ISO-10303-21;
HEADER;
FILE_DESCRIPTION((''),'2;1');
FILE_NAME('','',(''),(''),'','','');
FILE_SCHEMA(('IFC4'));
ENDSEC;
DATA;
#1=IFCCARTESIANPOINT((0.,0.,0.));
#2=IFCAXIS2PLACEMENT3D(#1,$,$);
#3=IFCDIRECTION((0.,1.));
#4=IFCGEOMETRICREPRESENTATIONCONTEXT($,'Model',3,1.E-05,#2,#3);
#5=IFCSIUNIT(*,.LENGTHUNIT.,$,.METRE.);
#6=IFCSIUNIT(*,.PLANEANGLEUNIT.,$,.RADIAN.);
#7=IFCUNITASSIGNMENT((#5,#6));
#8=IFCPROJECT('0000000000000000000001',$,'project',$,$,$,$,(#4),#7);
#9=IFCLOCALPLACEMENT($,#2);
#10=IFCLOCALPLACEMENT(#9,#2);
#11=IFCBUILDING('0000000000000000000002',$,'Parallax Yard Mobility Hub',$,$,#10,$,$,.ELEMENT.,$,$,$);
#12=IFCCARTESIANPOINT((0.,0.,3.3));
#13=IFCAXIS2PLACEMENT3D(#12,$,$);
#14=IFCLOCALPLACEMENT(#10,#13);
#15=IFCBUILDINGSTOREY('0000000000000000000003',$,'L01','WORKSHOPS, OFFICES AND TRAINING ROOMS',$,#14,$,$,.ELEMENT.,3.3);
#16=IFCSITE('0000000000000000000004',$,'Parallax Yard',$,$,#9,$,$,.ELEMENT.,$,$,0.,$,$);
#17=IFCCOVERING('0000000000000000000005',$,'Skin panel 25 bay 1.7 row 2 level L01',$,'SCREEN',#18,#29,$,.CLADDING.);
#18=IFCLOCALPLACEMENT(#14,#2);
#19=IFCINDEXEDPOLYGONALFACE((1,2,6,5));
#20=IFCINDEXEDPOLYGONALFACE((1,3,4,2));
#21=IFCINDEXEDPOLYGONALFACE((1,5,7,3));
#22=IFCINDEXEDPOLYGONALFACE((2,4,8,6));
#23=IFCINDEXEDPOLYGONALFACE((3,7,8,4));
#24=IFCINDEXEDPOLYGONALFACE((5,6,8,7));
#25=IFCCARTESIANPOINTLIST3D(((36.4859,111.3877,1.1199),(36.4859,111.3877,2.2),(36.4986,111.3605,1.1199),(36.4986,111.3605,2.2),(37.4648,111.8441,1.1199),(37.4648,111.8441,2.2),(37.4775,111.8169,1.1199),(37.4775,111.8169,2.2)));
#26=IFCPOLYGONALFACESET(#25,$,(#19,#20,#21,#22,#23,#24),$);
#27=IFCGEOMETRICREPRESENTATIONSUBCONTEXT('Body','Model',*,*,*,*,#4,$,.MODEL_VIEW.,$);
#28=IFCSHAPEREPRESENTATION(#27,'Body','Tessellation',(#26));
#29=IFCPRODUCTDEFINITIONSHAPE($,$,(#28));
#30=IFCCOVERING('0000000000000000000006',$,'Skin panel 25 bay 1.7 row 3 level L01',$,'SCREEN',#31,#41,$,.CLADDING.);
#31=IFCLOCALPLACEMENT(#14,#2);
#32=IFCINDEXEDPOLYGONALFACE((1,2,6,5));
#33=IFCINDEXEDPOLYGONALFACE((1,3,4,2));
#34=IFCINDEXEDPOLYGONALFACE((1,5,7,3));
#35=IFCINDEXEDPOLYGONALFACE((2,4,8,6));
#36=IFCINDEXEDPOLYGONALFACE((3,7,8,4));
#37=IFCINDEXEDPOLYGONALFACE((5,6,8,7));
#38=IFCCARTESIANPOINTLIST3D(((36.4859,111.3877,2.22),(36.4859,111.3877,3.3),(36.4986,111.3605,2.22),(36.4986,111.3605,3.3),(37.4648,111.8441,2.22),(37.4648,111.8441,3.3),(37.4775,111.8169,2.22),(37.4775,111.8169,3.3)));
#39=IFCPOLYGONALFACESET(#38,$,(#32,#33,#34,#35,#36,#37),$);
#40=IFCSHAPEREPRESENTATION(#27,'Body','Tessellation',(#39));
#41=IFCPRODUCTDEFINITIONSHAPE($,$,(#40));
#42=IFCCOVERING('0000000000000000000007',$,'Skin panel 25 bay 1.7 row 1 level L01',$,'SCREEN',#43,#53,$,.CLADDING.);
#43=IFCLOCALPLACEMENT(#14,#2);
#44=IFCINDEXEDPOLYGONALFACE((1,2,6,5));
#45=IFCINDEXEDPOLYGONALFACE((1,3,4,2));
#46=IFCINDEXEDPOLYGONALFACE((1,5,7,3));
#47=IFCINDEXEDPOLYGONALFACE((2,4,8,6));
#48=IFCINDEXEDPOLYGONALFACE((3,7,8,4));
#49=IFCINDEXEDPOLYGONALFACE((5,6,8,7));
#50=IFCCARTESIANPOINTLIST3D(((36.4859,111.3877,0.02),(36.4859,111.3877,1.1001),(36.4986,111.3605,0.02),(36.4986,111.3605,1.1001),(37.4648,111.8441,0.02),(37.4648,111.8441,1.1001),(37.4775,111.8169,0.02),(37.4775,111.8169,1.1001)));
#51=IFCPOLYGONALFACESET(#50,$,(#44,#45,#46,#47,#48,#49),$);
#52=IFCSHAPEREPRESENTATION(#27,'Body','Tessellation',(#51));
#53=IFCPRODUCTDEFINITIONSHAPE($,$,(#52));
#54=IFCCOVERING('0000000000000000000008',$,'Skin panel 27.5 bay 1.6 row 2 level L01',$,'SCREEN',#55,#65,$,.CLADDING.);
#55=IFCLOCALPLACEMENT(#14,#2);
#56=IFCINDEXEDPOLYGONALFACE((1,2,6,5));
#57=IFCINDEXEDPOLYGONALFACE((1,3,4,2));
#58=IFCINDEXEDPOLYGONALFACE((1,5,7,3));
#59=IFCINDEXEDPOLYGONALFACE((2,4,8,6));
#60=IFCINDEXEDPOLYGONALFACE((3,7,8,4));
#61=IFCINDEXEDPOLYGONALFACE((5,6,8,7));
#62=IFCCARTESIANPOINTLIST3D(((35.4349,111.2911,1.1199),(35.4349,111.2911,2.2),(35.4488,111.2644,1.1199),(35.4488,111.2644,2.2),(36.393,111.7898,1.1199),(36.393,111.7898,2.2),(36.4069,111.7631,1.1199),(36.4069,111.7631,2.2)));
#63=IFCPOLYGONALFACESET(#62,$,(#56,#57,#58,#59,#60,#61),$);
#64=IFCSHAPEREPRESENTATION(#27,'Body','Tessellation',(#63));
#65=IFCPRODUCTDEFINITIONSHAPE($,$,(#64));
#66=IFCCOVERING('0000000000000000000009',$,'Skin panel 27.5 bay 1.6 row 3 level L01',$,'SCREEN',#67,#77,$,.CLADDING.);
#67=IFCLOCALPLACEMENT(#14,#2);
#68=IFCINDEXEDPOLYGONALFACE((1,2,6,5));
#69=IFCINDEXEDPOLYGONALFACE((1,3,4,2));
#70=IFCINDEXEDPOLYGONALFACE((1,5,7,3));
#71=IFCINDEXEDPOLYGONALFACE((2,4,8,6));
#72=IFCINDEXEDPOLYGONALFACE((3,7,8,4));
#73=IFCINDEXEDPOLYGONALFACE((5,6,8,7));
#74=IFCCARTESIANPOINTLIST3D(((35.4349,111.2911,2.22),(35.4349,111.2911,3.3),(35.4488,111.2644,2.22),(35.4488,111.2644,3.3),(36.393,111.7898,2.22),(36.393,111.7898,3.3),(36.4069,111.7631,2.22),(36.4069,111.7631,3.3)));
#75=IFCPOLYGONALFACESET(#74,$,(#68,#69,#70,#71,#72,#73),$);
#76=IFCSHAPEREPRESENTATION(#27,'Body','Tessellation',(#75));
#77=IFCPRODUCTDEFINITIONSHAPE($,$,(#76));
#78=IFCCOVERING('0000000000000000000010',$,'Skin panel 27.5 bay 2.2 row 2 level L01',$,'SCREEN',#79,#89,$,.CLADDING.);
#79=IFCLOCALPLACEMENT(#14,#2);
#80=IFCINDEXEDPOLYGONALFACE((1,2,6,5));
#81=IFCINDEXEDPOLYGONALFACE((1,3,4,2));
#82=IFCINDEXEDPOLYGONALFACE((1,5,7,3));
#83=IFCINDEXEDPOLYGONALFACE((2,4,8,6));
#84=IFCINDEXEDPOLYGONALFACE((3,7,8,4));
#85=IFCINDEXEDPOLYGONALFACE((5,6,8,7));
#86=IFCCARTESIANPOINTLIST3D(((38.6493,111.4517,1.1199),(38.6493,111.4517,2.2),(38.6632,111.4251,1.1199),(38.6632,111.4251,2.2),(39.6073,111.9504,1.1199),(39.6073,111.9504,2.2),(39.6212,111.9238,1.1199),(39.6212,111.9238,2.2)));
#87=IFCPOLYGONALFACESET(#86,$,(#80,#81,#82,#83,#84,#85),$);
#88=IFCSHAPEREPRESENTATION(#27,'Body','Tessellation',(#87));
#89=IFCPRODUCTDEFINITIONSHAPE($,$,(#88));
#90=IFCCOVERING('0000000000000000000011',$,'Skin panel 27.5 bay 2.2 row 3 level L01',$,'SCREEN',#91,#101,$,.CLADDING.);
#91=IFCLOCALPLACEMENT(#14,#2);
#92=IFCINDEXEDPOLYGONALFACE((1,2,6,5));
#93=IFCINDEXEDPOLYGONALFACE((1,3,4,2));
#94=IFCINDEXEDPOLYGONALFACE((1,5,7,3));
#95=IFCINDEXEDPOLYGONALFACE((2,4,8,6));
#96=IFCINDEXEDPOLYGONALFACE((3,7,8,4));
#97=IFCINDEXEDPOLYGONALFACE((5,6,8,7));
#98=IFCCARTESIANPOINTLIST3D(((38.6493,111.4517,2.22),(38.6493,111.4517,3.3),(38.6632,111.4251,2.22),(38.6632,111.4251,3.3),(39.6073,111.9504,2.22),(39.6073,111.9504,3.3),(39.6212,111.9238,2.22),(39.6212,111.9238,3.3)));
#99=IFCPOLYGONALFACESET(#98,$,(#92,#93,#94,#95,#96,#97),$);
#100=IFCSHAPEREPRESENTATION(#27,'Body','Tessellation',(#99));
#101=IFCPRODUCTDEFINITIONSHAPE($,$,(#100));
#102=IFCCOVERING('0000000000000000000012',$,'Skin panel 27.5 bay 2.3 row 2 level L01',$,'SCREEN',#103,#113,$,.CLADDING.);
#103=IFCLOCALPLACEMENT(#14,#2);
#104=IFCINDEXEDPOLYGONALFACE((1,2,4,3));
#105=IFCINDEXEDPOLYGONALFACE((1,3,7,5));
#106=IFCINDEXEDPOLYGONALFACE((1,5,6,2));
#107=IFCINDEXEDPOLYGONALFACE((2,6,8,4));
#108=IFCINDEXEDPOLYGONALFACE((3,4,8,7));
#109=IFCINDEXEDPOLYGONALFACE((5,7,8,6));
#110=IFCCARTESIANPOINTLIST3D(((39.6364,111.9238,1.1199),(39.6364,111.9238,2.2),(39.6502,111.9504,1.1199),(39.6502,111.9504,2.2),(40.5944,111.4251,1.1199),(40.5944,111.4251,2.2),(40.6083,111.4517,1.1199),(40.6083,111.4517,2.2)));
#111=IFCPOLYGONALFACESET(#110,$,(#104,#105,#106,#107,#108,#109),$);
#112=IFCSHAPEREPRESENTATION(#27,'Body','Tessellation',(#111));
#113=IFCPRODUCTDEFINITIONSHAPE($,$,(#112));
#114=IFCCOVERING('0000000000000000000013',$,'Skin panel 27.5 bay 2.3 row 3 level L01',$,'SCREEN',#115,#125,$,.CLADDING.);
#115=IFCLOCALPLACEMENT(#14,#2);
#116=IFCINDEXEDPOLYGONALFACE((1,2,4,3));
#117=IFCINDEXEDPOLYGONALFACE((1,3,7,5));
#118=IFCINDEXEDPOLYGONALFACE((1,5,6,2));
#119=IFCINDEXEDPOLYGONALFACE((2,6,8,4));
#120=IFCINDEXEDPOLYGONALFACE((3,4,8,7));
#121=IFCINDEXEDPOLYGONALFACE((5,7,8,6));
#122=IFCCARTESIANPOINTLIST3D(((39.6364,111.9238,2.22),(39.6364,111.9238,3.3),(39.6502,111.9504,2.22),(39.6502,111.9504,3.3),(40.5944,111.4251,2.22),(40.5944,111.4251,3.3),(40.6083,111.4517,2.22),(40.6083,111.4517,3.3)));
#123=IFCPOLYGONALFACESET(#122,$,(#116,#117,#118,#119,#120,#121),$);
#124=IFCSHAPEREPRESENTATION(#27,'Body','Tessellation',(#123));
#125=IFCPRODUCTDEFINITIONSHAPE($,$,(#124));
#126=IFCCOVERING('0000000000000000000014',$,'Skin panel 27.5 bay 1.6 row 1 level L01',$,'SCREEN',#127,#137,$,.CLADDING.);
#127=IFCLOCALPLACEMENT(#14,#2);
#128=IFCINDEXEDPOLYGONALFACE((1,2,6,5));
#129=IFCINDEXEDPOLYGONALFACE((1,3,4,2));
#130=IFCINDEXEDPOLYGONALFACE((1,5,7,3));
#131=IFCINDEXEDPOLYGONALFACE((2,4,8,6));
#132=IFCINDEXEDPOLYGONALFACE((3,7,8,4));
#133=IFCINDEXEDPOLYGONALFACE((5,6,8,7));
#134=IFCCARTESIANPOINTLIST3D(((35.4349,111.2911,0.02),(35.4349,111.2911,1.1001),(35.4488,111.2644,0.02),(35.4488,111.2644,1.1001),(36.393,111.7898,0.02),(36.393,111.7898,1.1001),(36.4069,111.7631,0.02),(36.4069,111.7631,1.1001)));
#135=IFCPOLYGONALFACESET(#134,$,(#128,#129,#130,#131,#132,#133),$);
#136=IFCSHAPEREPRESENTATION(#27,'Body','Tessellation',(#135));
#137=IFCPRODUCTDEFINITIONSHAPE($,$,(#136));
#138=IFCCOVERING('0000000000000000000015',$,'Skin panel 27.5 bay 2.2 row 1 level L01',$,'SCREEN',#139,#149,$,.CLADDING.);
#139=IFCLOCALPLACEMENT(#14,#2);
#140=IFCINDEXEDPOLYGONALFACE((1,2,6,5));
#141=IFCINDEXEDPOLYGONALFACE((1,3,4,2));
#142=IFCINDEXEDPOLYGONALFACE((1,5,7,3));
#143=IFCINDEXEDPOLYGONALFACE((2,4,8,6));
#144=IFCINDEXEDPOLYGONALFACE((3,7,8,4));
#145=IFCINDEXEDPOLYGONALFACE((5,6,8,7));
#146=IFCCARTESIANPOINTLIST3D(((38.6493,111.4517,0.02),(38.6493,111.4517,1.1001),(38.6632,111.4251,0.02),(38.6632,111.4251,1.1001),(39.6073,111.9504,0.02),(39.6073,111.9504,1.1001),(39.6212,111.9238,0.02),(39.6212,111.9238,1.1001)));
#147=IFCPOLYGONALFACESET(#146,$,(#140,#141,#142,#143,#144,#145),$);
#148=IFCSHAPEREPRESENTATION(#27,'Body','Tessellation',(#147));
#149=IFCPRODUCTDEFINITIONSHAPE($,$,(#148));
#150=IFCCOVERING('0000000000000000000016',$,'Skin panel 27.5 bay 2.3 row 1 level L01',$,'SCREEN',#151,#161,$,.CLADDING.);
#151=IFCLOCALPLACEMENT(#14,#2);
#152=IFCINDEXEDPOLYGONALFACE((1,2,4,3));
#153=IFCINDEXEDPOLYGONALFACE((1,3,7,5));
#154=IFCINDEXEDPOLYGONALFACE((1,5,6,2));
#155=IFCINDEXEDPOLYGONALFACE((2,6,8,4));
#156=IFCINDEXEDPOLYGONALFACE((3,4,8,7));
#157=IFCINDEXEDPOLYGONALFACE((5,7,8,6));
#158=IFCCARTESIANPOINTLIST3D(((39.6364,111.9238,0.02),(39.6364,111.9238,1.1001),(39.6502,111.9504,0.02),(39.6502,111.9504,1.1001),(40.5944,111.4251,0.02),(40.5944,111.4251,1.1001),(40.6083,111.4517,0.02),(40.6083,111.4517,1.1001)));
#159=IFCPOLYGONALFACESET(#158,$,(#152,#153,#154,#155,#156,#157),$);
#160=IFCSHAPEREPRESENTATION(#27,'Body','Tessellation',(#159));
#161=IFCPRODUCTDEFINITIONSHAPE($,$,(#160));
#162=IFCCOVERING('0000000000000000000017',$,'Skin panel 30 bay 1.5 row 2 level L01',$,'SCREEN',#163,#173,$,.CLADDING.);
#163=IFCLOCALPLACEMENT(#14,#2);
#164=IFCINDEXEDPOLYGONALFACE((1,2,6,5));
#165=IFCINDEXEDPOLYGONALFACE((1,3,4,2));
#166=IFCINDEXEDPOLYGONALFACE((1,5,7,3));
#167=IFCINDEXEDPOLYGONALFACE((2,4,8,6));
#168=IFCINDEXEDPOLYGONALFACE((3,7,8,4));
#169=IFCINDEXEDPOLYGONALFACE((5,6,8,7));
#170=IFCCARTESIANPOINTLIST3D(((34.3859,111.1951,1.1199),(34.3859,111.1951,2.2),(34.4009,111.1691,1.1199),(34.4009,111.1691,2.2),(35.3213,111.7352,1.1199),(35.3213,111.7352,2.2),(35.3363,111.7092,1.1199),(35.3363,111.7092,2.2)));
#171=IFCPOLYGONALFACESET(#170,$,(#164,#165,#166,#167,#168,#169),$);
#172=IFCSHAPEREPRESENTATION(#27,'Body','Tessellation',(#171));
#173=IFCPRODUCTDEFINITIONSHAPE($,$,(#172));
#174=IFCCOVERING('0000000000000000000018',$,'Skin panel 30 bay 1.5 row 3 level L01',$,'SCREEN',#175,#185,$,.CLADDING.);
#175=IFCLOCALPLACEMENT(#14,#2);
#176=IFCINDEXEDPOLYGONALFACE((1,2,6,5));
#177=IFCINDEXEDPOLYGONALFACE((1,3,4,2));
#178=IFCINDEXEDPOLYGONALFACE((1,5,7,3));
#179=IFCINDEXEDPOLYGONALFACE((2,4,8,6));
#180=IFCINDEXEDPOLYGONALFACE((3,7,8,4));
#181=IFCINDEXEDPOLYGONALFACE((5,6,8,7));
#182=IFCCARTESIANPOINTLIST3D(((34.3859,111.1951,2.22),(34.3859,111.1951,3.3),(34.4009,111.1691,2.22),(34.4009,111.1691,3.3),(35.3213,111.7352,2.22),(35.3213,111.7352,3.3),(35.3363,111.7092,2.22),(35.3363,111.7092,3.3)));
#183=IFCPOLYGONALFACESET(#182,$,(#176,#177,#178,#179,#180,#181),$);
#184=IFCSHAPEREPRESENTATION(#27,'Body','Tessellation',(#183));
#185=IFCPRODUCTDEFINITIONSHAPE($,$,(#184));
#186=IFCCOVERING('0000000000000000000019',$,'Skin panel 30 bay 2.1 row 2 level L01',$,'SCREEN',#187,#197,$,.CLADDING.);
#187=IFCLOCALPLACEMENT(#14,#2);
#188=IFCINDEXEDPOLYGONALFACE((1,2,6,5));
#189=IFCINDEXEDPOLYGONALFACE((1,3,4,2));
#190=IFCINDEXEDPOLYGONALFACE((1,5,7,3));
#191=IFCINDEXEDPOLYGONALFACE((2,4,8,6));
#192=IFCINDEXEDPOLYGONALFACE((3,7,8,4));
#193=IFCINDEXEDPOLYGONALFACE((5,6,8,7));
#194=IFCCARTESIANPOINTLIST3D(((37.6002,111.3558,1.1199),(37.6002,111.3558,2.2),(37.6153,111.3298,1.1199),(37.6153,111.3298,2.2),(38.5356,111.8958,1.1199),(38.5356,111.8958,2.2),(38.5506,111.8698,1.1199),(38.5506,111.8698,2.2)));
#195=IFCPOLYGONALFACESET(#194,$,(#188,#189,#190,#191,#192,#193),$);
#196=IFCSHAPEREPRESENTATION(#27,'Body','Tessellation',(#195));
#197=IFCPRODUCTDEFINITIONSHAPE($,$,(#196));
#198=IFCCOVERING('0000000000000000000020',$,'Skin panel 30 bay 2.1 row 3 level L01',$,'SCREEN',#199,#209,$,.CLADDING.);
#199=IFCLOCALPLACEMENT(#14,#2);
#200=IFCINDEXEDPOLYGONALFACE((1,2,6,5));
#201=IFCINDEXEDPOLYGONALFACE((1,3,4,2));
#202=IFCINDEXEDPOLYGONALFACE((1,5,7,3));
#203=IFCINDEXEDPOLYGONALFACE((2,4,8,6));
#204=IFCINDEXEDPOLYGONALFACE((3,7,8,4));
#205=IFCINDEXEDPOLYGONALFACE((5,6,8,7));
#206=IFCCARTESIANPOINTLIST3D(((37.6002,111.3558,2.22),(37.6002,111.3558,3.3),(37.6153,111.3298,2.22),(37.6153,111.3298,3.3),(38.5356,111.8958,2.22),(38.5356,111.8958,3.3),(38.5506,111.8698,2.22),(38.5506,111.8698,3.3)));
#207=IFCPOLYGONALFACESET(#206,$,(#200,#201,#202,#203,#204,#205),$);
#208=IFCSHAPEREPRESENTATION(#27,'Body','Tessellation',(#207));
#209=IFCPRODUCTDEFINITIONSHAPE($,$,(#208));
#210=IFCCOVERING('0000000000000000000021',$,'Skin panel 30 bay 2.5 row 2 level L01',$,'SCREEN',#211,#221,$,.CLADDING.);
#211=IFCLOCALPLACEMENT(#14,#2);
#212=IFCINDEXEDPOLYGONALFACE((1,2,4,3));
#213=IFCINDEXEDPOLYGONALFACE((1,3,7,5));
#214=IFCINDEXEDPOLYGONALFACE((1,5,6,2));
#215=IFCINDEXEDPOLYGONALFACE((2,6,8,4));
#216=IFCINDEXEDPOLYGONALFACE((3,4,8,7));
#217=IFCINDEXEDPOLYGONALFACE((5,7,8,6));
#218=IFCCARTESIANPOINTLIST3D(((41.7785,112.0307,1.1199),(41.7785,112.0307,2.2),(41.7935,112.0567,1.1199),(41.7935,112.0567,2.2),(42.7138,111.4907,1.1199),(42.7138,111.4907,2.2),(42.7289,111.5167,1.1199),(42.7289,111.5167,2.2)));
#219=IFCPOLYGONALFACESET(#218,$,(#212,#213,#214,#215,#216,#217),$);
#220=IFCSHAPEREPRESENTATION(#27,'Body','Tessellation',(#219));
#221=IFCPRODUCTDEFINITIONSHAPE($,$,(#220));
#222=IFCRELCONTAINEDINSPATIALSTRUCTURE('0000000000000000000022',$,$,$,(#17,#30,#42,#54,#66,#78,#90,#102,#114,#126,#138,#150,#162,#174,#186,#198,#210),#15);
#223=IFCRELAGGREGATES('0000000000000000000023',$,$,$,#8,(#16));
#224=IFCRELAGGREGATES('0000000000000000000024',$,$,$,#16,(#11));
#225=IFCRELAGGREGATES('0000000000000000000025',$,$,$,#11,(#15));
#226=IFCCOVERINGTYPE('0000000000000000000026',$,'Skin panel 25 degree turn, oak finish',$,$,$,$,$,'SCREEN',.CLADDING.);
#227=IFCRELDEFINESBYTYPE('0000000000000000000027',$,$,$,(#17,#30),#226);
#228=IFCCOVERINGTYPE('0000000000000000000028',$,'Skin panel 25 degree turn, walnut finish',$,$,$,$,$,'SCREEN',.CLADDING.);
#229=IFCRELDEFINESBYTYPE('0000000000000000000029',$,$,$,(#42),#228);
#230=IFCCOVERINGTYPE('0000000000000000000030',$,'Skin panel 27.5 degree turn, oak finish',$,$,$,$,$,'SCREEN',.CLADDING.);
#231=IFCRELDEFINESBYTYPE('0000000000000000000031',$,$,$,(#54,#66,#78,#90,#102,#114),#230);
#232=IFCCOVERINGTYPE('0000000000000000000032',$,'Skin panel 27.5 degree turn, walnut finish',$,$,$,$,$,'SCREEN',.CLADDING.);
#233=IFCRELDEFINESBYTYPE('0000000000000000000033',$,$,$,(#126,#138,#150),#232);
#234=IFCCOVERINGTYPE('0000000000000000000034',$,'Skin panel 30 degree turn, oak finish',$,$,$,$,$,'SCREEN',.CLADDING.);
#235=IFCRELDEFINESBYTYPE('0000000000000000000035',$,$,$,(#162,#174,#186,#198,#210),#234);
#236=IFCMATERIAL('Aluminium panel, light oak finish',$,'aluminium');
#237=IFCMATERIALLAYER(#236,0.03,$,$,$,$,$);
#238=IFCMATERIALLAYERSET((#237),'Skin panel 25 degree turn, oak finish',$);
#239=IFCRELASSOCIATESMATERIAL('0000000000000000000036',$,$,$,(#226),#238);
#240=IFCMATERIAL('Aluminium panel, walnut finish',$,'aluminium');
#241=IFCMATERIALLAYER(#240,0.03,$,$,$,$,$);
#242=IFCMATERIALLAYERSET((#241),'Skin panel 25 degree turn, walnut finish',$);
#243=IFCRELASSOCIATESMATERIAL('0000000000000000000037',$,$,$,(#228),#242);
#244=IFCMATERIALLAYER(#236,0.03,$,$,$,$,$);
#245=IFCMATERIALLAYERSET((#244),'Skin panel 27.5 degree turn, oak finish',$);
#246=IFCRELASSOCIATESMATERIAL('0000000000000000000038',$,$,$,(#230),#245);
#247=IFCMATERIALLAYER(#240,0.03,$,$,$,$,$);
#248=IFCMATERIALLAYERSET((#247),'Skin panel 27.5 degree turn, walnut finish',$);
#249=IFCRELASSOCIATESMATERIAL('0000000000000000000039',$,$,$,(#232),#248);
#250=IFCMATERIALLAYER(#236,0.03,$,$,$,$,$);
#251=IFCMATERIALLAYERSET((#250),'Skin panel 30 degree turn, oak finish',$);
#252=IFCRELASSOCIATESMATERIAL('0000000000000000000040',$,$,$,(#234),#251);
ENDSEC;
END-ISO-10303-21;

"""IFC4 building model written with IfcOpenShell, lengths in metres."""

from ifc_helpers import new_model, si_unit, direction, frame, origin, origin_2d, place, context, subcontext, project, spatial, rectangle, extrude, material, layer, layer_set, type_object, element, save


model = new_model("IFC4")

# Units and contexts
model_context = context("Model", 3, precision=1e-05, world=origin(), true_north=direction((0.0, 1.0)))
body_context = subcontext(model_context, "Body", "Model", "MODEL_VIEW")
ifc_project = project(units=[si_unit("LENGTHUNIT", "METRE"), si_unit("PLANEANGLEUNIT", "RADIAN")], contexts=[model_context])

# Site, building, storey
site_placement = place(None, origin())
site = spatial("IfcSite", under=ifc_project, at=site_placement, Name="Parallax Yard", CompositionType="ELEMENT", RefElevation=0.0)
building_placement = place(site_placement, origin())
building = spatial("IfcBuilding", under=site, at=building_placement, Name="Parallax Yard Mobility Hub", CompositionType="ELEMENT")
storey_placement = place(building_placement, frame((0.0, 0.0, 3.3)))
storey = spatial("IfcBuildingStorey", under=building, at=storey_placement, Name="L01", Description="WORKSHOPS, OFFICES AND TRAINING ROOMS", CompositionType="ELEMENT", Elevation=3.3)

# Coverings
ifc_material_1 = material(Name="Aluminium panel, light oak finish", Category="aluminium")
ifc_layer_1 = layer(ifc_material_1, 0.03)
ifc_layer_set_1 = layer_set([ifc_layer_1], Name="Skin panel 25 degree turn, oak finish")
covering_type_1 = type_object("IfcCoveringType", Name="Skin panel 25 degree turn, oak finish", ElementType="SCREEN", PredefinedType="CLADDING", material=ifc_layer_set_1)
for number, where, z_axis, x_axis, name in (
    (1, (36.9817, 111.6023, 1.1199), (0.0, 0.0, 1.0), (-0.906308, -0.422618, 0.0), "Skin panel 25 bay 1.7 row 2 level L01"),
    (2, (36.9817, 111.6023, 2.22), (0.0, 0.0, 1.0), (-0.906308, -0.422618, 0.0), "Skin panel 25 bay 1.7 row 3 level L01"),
):
    element("IfcCovering", number, at=place(storey_placement, frame(where, z_axis=z_axis, x_axis=x_axis)), inside=storey, type_object=covering_type_1, Name=name, ObjectType="SCREEN", PredefinedType="CLADDING", context=body_context, shape_type="SweptSolid", body=[
        extrude(rectangle(XDim=1.0801, YDim=0.03, at=origin_2d()), origin(), (0.0, 0.0, 1.0), 1.0801),
    ])
ifc_material_2 = material(Name="Aluminium panel, walnut finish", Category="aluminium")
ifc_layer_2 = layer(ifc_material_2, 0.03)
ifc_layer_set_2 = layer_set([ifc_layer_2], Name="Skin panel 25 degree turn, walnut finish")
covering_type_2 = type_object("IfcCoveringType", Name="Skin panel 25 degree turn, walnut finish", ElementType="SCREEN", PredefinedType="CLADDING", material=ifc_layer_set_2)
covering_placement = place(storey_placement, frame((36.9817, 111.6023, 0.02), z_axis=(0.0, 0.0, 1.0), x_axis=(-0.906308, -0.422618, 0.0)))
element("IfcCovering", 3, at=covering_placement, inside=storey, type_object=covering_type_2, Name="Skin panel 25 bay 1.7 row 1 level L01", ObjectType="SCREEN", PredefinedType="CLADDING", context=body_context, shape_type="SweptSolid", body=[
    extrude(rectangle(XDim=1.0801, YDim=0.03, at=origin_2d()), origin(), (0.0, 0.0, 1.0), 1.0801),
])
ifc_layer_3 = layer(ifc_material_1, 0.03)
ifc_layer_set_3 = layer_set([ifc_layer_3], Name="Skin panel 27.5 degree turn, oak finish")
covering_type_3 = type_object("IfcCoveringType", Name="Skin panel 27.5 degree turn, oak finish", ElementType="SCREEN", PredefinedType="CLADDING", material=ifc_layer_set_3)
for number, where, z_axis, x_axis, name in (
    (4, (35.9209, 111.5271, 1.1199), (0.0, 0.0, 1.0), (-0.887011, -0.461749, 0.0), "Skin panel 27.5 bay 1.6 row 2 level L01"),
    (5, (35.9209, 111.5271, 2.22), (0.0, 0.0, 1.0), (-0.887011, -0.461749, 0.0), "Skin panel 27.5 bay 1.6 row 3 level L01"),
    (6, (39.1353, 111.6877, 1.1199), (0.0, 0.0, 1.0), (-0.887011, -0.461749, 0.0), "Skin panel 27.5 bay 2.2 row 2 level L01"),
    (7, (39.1353, 111.6877, 2.22), (0.0, 0.0, 1.0), (-0.887011, -0.461749, 0.0), "Skin panel 27.5 bay 2.2 row 3 level L01"),
    (8, (40.1223, 111.6877, 1.1199), (0.0, 0.0, 1.0), (0.887011, -0.461749, 0.0), "Skin panel 27.5 bay 2.3 row 2 level L01"),
    (9, (40.1223, 111.6877, 2.22), (0.0, 0.0, 1.0), (0.887011, -0.461749, 0.0), "Skin panel 27.5 bay 2.3 row 3 level L01"),
):
    element("IfcCovering", number, at=place(storey_placement, frame(where, z_axis=z_axis, x_axis=x_axis)), inside=storey, type_object=covering_type_3, Name=name, ObjectType="SCREEN", PredefinedType="CLADDING", context=body_context, shape_type="SweptSolid", body=[
        extrude(rectangle(XDim=1.0801, YDim=0.03, at=origin_2d()), origin(), (0.0, 0.0, 1.0), 1.0801),
    ])
ifc_layer_4 = layer(ifc_material_2, 0.03)
ifc_layer_set_4 = layer_set([ifc_layer_4], Name="Skin panel 27.5 degree turn, walnut finish")
covering_type_4 = type_object("IfcCoveringType", Name="Skin panel 27.5 degree turn, walnut finish", ElementType="SCREEN", PredefinedType="CLADDING", material=ifc_layer_set_4)
for number, where, z_axis, x_axis, name in (
    (10, (35.9209, 111.5271, 0.02), (0.0, 0.0, 1.0), (-0.887011, -0.461749, 0.0), "Skin panel 27.5 bay 1.6 row 1 level L01"),
    (11, (39.1353, 111.6877, 0.02), (0.0, 0.0, 1.0), (-0.887011, -0.461749, 0.0), "Skin panel 27.5 bay 2.2 row 1 level L01"),
    (12, (40.1223, 111.6877, 0.02), (0.0, 0.0, 1.0), (0.887011, -0.461749, 0.0), "Skin panel 27.5 bay 2.3 row 1 level L01"),
):
    element("IfcCovering", number, at=place(storey_placement, frame(where, z_axis=z_axis, x_axis=x_axis)), inside=storey, type_object=covering_type_4, Name=name, ObjectType="SCREEN", PredefinedType="CLADDING", context=body_context, shape_type="SweptSolid", body=[
        extrude(rectangle(XDim=1.0801, YDim=0.03, at=origin_2d()), origin(), (0.0, 0.0, 1.0), 1.0801),
    ])
ifc_layer_5 = layer(ifc_material_1, 0.03)
ifc_layer_set_5 = layer_set([ifc_layer_5], Name="Skin panel 30 degree turn, oak finish")
covering_type_5 = type_object("IfcCoveringType", Name="Skin panel 30 degree turn, oak finish", ElementType="SCREEN", PredefinedType="CLADDING", material=ifc_layer_set_5)
for number, where, z_axis, x_axis, name in (
    (13, (34.8611, 111.4521, 1.1199), (0.0, 0.0, 1.0), (-0.866025, -0.5, 0.0), "Skin panel 30 bay 1.5 row 2 level L01"),
    (14, (34.8611, 111.4521, 2.22), (0.0, 0.0, 1.0), (-0.866025, -0.5, 0.0), "Skin panel 30 bay 1.5 row 3 level L01"),
    (15, (38.0754, 111.6128, 1.1199), (0.0, 0.0, 1.0), (-0.866025, -0.5, 0.0), "Skin panel 30 bay 2.1 row 2 level L01"),
    (16, (38.0754, 111.6128, 2.22), (0.0, 0.0, 1.0), (-0.866025, -0.5, 0.0), "Skin panel 30 bay 2.1 row 3 level L01"),
    (17, (42.2537, 111.7737, 1.1199), (0.0, 0.0, 1.0), (0.866025, -0.5, 0.0), "Skin panel 30 bay 2.5 row 2 level L01"),
):
    element("IfcCovering", number, at=place(storey_placement, frame(where, z_axis=z_axis, x_axis=x_axis)), inside=storey, type_object=covering_type_5, Name=name, ObjectType="SCREEN", PredefinedType="CLADDING", context=body_context, shape_type="SweptSolid", body=[
        extrude(rectangle(XDim=1.0801, YDim=0.03, at=origin_2d()), origin(), (0.0, 0.0, 1.0), 1.0801),
    ])

save(model, "model.ifc")
